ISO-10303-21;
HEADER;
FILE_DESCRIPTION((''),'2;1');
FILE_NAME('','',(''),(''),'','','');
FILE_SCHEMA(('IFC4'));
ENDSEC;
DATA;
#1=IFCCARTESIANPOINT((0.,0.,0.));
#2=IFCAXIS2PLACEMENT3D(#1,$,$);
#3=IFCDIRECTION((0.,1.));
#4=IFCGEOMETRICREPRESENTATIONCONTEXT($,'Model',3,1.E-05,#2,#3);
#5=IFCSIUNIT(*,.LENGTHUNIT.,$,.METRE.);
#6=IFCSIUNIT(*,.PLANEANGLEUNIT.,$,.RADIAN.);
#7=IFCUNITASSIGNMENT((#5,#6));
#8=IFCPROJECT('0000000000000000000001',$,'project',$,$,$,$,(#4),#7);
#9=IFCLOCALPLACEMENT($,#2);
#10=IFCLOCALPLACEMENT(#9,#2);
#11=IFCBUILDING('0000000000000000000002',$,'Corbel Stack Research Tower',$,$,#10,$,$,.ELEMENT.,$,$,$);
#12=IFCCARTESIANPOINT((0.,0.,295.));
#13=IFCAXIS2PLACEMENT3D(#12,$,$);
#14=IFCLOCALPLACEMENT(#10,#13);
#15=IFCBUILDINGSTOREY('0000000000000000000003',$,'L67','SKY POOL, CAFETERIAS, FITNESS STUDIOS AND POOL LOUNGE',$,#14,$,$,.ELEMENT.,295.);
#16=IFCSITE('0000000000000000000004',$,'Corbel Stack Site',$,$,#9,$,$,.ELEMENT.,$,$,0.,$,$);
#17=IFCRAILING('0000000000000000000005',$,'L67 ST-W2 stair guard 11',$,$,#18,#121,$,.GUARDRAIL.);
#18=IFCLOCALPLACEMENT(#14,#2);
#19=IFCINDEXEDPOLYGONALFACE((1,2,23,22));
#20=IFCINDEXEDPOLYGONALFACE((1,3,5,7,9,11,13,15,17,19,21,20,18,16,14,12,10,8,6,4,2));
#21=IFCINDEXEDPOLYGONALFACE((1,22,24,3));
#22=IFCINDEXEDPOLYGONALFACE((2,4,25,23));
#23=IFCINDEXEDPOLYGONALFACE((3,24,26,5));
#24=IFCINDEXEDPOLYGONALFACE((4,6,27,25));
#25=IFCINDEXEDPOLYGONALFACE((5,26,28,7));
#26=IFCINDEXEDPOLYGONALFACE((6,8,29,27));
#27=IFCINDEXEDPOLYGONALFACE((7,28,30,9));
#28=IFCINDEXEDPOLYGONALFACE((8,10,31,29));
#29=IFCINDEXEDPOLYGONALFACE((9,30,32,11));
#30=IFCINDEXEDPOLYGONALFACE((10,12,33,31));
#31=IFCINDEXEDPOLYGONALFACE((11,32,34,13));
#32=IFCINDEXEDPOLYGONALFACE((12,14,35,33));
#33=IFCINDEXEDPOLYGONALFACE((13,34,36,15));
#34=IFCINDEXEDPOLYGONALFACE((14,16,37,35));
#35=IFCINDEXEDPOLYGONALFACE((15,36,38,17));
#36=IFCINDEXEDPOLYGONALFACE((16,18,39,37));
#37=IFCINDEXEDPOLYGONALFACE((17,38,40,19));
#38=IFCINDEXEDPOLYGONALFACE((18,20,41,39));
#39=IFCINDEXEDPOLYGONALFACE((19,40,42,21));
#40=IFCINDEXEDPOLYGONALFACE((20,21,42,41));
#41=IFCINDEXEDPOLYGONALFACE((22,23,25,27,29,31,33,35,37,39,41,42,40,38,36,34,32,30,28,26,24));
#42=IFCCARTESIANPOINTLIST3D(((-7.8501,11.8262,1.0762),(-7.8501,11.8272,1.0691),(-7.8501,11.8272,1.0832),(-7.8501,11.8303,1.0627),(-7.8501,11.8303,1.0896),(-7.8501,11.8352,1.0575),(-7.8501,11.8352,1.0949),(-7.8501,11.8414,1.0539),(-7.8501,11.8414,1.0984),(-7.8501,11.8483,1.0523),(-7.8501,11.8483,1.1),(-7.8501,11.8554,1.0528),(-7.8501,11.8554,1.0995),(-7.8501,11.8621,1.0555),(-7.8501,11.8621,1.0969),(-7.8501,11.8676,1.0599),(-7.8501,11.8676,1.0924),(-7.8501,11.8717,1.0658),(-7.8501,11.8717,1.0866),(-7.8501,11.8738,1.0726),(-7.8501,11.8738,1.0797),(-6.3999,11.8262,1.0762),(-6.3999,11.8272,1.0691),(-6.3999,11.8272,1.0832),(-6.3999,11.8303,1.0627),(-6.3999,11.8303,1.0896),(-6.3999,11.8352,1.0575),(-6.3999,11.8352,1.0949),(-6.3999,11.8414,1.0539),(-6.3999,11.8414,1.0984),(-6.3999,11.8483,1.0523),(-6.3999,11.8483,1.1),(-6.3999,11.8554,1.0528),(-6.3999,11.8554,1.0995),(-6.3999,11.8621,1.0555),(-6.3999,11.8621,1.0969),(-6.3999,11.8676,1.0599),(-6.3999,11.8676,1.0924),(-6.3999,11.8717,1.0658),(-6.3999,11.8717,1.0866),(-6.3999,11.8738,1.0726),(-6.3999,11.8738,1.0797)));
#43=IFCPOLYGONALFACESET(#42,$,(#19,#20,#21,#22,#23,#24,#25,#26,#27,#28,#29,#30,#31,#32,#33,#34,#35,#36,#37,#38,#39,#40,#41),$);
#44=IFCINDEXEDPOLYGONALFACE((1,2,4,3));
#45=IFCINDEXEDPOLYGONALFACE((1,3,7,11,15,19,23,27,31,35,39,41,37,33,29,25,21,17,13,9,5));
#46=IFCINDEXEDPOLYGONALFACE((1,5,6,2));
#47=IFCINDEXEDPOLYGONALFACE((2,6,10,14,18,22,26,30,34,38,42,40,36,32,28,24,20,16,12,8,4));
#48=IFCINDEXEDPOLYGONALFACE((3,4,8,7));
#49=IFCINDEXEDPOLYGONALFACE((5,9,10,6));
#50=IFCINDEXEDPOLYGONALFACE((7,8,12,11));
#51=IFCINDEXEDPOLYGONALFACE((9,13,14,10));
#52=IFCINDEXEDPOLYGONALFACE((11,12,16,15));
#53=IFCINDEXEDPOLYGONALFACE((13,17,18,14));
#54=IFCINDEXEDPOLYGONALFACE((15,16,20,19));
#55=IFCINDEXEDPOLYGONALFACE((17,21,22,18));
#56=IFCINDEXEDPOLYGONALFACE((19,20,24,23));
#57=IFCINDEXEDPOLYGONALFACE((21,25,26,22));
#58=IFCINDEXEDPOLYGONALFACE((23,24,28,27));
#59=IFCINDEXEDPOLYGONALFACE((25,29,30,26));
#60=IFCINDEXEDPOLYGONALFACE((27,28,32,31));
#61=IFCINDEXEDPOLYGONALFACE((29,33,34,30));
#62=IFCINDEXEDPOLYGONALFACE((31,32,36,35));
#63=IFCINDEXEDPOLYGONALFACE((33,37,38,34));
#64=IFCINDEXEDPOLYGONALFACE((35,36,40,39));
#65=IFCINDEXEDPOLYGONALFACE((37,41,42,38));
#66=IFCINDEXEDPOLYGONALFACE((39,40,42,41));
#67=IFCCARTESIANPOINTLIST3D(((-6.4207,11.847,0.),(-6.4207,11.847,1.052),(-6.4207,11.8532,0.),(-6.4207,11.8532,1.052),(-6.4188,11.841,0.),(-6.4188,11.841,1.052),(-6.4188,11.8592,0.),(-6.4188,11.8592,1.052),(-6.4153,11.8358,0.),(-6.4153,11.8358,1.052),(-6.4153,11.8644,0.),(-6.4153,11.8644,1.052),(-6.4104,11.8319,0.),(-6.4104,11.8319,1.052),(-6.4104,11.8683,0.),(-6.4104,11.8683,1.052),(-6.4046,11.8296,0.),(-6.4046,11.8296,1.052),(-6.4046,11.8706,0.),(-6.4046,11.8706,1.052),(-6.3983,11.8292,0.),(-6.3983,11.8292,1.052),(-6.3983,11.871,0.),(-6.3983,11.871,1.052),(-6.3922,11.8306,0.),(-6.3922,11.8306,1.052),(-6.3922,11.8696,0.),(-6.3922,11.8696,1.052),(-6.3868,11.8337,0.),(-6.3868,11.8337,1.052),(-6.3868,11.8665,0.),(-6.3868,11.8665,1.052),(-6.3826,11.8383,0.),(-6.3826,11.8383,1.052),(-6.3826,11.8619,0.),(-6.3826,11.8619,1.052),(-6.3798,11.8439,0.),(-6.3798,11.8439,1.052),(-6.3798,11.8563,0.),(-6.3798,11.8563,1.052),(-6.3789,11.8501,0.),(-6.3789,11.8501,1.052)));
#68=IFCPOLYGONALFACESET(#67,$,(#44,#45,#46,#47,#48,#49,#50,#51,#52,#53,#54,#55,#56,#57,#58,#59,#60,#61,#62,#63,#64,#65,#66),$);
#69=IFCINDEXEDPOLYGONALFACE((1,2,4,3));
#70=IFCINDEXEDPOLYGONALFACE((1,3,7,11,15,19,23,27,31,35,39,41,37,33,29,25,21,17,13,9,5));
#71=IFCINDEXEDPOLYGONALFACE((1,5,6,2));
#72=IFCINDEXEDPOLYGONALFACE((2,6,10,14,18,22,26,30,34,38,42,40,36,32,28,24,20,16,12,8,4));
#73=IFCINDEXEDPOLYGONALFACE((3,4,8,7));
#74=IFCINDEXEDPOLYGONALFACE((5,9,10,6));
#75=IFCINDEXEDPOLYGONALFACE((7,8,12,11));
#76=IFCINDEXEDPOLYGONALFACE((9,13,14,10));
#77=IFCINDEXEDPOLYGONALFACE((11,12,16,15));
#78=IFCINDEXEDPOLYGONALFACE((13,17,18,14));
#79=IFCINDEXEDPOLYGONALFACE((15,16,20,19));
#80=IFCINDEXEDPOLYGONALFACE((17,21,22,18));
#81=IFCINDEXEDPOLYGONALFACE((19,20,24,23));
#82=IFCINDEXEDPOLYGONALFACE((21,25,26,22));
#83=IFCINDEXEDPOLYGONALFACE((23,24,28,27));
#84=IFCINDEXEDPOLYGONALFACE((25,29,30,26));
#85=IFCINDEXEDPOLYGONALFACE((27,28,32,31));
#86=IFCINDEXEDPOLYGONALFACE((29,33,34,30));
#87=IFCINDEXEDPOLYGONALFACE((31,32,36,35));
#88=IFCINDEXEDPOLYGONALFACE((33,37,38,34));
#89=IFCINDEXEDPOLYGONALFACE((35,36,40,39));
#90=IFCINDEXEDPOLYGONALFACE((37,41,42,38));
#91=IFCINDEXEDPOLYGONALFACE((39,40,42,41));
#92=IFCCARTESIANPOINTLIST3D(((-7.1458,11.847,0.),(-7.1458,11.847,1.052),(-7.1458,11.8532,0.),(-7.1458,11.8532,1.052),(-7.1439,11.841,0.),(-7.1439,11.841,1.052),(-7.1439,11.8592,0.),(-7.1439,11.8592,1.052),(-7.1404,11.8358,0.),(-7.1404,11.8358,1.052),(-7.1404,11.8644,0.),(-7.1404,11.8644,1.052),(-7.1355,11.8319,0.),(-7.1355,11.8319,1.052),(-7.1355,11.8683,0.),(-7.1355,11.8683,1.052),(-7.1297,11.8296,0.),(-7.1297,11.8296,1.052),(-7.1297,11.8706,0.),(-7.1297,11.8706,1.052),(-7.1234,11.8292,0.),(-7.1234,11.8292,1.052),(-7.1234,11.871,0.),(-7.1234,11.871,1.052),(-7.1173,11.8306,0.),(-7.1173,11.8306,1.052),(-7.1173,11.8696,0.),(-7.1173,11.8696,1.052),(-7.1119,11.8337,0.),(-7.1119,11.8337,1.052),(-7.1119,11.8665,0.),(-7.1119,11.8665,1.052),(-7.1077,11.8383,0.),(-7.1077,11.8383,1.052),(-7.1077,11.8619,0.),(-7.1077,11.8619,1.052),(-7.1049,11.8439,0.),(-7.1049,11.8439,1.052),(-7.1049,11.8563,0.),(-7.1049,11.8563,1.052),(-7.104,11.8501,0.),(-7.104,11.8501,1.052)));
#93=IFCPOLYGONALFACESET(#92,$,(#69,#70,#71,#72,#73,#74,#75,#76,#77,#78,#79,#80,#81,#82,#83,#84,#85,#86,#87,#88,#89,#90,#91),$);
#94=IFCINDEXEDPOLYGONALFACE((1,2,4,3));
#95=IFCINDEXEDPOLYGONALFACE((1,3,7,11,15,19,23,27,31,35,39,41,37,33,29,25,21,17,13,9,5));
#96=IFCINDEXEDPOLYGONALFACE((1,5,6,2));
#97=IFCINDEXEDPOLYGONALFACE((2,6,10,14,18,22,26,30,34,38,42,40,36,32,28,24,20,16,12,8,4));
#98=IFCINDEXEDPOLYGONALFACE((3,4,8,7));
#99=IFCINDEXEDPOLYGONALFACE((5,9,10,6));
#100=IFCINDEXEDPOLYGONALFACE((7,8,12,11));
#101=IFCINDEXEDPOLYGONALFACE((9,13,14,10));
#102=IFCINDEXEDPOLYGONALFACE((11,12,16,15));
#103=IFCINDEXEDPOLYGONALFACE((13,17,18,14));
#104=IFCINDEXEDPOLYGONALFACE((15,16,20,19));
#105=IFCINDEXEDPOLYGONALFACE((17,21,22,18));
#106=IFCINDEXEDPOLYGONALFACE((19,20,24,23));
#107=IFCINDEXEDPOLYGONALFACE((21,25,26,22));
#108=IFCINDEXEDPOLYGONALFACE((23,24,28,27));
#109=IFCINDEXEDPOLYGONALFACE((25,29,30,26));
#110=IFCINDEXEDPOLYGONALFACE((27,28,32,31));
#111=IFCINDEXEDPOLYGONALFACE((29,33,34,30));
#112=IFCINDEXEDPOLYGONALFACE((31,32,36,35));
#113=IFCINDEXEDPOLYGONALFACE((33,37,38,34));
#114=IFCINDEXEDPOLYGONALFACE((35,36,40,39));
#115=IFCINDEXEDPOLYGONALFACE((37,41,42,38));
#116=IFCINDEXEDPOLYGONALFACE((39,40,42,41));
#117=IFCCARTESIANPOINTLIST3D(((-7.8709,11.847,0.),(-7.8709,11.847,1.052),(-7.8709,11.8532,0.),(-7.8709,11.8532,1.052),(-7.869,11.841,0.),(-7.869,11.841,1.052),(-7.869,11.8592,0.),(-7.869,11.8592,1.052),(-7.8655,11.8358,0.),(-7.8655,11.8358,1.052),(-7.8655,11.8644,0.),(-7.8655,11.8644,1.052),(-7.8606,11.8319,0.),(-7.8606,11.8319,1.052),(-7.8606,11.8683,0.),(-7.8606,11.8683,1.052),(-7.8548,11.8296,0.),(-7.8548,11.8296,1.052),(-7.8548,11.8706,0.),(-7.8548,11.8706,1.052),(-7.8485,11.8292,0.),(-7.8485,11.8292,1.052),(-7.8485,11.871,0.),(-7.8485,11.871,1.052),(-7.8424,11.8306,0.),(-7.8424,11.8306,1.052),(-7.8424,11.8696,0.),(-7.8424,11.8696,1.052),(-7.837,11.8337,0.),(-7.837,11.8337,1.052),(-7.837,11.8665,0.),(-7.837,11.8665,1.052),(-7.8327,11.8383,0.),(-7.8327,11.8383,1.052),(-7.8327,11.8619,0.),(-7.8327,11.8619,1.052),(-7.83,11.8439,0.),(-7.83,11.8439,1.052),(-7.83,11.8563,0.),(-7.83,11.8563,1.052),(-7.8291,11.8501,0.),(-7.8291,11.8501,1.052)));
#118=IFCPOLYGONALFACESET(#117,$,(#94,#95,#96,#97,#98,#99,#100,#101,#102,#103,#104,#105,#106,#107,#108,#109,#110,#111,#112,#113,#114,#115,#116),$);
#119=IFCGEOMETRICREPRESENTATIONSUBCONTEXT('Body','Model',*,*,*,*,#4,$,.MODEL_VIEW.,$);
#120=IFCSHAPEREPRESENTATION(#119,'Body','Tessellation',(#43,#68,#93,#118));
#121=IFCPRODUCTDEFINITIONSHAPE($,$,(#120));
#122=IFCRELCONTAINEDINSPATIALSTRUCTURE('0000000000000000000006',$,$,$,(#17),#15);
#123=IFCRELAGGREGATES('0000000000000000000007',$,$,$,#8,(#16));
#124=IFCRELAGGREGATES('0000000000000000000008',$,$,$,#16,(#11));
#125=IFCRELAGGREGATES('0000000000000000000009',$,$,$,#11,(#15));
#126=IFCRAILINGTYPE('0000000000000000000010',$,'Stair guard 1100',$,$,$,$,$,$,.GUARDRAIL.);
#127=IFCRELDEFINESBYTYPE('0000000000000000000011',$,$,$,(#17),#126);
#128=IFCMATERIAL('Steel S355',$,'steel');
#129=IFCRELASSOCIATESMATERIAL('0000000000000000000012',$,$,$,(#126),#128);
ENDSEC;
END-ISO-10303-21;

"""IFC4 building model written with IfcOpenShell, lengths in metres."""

from ifc_helpers import new_model, si_unit, direction, frame, origin, origin_2d, place, context, subcontext, project, spatial, circle, extrude, material, type_object, element, save


model = new_model("IFC4")

# Units and contexts
model_context = context("Model", 3, precision=1e-05, world=origin(), true_north=direction((0.0, 1.0)))
body_context = subcontext(model_context, "Body", "Model", "MODEL_VIEW")
ifc_project = project(units=[si_unit("LENGTHUNIT", "METRE"), si_unit("PLANEANGLEUNIT", "RADIAN")], contexts=[model_context])

# Site, building, storey
site_placement = place(None, origin())
site = spatial("IfcSite", under=ifc_project, at=site_placement, Name="Corbel Stack Site", CompositionType="ELEMENT", RefElevation=0.0)
building_placement = place(site_placement, origin())
building = spatial("IfcBuilding", under=site, at=building_placement, Name="Corbel Stack Research Tower", CompositionType="ELEMENT")
storey_placement = place(building_placement, frame((0.0, 0.0, 295.0)))
storey = spatial("IfcBuildingStorey", under=building, at=storey_placement, Name="L67", Description="SKY POOL, CAFETERIAS, FITNESS STUDIOS AND POOL LOUNGE", CompositionType="ELEMENT", Elevation=295.0)

# Railing
ifc_material_1 = material(Name="Steel S355", Category="steel")
railing_type_1 = type_object("IfcRailingType", Name="Stair guard 1100", PredefinedType="GUARDRAIL", material=ifc_material_1)
railing_1_placement = place(storey_placement, frame((-6.3999, 11.8501, 0.0)))
element("IfcRailing", 1, at=railing_1_placement, inside=storey, type_object=railing_type_1, Name="L67 ST-W2 stair guard 11", PredefinedType="GUARDRAIL", context=body_context, shape_type="SweptSolid", body=[
    extrude(circle(Radius=0.0239, at=origin_2d()), frame((0.0, 0.0, 1.0762), z_axis=(-1.0, 0.0, 0.0), x_axis=(0.0, -1.0, 0.0)), (0.0, 0.0, 1.0), 1.4502),
    extrude(circle(Radius=0.021, at=origin_2d()), origin(), (0.0, 0.0, 1.0), 1.052),
    extrude(circle(Radius=0.021, at=origin_2d()), frame((-0.7251, 0.0, 0.0)), (0.0, 0.0, 1.0), 1.052),
    extrude(circle(Radius=0.021, at=origin_2d()), frame((-1.4502, 0.0, 0.0)), (0.0, 0.0, 1.0), 1.052),
])

save(model, "model.ifc")
